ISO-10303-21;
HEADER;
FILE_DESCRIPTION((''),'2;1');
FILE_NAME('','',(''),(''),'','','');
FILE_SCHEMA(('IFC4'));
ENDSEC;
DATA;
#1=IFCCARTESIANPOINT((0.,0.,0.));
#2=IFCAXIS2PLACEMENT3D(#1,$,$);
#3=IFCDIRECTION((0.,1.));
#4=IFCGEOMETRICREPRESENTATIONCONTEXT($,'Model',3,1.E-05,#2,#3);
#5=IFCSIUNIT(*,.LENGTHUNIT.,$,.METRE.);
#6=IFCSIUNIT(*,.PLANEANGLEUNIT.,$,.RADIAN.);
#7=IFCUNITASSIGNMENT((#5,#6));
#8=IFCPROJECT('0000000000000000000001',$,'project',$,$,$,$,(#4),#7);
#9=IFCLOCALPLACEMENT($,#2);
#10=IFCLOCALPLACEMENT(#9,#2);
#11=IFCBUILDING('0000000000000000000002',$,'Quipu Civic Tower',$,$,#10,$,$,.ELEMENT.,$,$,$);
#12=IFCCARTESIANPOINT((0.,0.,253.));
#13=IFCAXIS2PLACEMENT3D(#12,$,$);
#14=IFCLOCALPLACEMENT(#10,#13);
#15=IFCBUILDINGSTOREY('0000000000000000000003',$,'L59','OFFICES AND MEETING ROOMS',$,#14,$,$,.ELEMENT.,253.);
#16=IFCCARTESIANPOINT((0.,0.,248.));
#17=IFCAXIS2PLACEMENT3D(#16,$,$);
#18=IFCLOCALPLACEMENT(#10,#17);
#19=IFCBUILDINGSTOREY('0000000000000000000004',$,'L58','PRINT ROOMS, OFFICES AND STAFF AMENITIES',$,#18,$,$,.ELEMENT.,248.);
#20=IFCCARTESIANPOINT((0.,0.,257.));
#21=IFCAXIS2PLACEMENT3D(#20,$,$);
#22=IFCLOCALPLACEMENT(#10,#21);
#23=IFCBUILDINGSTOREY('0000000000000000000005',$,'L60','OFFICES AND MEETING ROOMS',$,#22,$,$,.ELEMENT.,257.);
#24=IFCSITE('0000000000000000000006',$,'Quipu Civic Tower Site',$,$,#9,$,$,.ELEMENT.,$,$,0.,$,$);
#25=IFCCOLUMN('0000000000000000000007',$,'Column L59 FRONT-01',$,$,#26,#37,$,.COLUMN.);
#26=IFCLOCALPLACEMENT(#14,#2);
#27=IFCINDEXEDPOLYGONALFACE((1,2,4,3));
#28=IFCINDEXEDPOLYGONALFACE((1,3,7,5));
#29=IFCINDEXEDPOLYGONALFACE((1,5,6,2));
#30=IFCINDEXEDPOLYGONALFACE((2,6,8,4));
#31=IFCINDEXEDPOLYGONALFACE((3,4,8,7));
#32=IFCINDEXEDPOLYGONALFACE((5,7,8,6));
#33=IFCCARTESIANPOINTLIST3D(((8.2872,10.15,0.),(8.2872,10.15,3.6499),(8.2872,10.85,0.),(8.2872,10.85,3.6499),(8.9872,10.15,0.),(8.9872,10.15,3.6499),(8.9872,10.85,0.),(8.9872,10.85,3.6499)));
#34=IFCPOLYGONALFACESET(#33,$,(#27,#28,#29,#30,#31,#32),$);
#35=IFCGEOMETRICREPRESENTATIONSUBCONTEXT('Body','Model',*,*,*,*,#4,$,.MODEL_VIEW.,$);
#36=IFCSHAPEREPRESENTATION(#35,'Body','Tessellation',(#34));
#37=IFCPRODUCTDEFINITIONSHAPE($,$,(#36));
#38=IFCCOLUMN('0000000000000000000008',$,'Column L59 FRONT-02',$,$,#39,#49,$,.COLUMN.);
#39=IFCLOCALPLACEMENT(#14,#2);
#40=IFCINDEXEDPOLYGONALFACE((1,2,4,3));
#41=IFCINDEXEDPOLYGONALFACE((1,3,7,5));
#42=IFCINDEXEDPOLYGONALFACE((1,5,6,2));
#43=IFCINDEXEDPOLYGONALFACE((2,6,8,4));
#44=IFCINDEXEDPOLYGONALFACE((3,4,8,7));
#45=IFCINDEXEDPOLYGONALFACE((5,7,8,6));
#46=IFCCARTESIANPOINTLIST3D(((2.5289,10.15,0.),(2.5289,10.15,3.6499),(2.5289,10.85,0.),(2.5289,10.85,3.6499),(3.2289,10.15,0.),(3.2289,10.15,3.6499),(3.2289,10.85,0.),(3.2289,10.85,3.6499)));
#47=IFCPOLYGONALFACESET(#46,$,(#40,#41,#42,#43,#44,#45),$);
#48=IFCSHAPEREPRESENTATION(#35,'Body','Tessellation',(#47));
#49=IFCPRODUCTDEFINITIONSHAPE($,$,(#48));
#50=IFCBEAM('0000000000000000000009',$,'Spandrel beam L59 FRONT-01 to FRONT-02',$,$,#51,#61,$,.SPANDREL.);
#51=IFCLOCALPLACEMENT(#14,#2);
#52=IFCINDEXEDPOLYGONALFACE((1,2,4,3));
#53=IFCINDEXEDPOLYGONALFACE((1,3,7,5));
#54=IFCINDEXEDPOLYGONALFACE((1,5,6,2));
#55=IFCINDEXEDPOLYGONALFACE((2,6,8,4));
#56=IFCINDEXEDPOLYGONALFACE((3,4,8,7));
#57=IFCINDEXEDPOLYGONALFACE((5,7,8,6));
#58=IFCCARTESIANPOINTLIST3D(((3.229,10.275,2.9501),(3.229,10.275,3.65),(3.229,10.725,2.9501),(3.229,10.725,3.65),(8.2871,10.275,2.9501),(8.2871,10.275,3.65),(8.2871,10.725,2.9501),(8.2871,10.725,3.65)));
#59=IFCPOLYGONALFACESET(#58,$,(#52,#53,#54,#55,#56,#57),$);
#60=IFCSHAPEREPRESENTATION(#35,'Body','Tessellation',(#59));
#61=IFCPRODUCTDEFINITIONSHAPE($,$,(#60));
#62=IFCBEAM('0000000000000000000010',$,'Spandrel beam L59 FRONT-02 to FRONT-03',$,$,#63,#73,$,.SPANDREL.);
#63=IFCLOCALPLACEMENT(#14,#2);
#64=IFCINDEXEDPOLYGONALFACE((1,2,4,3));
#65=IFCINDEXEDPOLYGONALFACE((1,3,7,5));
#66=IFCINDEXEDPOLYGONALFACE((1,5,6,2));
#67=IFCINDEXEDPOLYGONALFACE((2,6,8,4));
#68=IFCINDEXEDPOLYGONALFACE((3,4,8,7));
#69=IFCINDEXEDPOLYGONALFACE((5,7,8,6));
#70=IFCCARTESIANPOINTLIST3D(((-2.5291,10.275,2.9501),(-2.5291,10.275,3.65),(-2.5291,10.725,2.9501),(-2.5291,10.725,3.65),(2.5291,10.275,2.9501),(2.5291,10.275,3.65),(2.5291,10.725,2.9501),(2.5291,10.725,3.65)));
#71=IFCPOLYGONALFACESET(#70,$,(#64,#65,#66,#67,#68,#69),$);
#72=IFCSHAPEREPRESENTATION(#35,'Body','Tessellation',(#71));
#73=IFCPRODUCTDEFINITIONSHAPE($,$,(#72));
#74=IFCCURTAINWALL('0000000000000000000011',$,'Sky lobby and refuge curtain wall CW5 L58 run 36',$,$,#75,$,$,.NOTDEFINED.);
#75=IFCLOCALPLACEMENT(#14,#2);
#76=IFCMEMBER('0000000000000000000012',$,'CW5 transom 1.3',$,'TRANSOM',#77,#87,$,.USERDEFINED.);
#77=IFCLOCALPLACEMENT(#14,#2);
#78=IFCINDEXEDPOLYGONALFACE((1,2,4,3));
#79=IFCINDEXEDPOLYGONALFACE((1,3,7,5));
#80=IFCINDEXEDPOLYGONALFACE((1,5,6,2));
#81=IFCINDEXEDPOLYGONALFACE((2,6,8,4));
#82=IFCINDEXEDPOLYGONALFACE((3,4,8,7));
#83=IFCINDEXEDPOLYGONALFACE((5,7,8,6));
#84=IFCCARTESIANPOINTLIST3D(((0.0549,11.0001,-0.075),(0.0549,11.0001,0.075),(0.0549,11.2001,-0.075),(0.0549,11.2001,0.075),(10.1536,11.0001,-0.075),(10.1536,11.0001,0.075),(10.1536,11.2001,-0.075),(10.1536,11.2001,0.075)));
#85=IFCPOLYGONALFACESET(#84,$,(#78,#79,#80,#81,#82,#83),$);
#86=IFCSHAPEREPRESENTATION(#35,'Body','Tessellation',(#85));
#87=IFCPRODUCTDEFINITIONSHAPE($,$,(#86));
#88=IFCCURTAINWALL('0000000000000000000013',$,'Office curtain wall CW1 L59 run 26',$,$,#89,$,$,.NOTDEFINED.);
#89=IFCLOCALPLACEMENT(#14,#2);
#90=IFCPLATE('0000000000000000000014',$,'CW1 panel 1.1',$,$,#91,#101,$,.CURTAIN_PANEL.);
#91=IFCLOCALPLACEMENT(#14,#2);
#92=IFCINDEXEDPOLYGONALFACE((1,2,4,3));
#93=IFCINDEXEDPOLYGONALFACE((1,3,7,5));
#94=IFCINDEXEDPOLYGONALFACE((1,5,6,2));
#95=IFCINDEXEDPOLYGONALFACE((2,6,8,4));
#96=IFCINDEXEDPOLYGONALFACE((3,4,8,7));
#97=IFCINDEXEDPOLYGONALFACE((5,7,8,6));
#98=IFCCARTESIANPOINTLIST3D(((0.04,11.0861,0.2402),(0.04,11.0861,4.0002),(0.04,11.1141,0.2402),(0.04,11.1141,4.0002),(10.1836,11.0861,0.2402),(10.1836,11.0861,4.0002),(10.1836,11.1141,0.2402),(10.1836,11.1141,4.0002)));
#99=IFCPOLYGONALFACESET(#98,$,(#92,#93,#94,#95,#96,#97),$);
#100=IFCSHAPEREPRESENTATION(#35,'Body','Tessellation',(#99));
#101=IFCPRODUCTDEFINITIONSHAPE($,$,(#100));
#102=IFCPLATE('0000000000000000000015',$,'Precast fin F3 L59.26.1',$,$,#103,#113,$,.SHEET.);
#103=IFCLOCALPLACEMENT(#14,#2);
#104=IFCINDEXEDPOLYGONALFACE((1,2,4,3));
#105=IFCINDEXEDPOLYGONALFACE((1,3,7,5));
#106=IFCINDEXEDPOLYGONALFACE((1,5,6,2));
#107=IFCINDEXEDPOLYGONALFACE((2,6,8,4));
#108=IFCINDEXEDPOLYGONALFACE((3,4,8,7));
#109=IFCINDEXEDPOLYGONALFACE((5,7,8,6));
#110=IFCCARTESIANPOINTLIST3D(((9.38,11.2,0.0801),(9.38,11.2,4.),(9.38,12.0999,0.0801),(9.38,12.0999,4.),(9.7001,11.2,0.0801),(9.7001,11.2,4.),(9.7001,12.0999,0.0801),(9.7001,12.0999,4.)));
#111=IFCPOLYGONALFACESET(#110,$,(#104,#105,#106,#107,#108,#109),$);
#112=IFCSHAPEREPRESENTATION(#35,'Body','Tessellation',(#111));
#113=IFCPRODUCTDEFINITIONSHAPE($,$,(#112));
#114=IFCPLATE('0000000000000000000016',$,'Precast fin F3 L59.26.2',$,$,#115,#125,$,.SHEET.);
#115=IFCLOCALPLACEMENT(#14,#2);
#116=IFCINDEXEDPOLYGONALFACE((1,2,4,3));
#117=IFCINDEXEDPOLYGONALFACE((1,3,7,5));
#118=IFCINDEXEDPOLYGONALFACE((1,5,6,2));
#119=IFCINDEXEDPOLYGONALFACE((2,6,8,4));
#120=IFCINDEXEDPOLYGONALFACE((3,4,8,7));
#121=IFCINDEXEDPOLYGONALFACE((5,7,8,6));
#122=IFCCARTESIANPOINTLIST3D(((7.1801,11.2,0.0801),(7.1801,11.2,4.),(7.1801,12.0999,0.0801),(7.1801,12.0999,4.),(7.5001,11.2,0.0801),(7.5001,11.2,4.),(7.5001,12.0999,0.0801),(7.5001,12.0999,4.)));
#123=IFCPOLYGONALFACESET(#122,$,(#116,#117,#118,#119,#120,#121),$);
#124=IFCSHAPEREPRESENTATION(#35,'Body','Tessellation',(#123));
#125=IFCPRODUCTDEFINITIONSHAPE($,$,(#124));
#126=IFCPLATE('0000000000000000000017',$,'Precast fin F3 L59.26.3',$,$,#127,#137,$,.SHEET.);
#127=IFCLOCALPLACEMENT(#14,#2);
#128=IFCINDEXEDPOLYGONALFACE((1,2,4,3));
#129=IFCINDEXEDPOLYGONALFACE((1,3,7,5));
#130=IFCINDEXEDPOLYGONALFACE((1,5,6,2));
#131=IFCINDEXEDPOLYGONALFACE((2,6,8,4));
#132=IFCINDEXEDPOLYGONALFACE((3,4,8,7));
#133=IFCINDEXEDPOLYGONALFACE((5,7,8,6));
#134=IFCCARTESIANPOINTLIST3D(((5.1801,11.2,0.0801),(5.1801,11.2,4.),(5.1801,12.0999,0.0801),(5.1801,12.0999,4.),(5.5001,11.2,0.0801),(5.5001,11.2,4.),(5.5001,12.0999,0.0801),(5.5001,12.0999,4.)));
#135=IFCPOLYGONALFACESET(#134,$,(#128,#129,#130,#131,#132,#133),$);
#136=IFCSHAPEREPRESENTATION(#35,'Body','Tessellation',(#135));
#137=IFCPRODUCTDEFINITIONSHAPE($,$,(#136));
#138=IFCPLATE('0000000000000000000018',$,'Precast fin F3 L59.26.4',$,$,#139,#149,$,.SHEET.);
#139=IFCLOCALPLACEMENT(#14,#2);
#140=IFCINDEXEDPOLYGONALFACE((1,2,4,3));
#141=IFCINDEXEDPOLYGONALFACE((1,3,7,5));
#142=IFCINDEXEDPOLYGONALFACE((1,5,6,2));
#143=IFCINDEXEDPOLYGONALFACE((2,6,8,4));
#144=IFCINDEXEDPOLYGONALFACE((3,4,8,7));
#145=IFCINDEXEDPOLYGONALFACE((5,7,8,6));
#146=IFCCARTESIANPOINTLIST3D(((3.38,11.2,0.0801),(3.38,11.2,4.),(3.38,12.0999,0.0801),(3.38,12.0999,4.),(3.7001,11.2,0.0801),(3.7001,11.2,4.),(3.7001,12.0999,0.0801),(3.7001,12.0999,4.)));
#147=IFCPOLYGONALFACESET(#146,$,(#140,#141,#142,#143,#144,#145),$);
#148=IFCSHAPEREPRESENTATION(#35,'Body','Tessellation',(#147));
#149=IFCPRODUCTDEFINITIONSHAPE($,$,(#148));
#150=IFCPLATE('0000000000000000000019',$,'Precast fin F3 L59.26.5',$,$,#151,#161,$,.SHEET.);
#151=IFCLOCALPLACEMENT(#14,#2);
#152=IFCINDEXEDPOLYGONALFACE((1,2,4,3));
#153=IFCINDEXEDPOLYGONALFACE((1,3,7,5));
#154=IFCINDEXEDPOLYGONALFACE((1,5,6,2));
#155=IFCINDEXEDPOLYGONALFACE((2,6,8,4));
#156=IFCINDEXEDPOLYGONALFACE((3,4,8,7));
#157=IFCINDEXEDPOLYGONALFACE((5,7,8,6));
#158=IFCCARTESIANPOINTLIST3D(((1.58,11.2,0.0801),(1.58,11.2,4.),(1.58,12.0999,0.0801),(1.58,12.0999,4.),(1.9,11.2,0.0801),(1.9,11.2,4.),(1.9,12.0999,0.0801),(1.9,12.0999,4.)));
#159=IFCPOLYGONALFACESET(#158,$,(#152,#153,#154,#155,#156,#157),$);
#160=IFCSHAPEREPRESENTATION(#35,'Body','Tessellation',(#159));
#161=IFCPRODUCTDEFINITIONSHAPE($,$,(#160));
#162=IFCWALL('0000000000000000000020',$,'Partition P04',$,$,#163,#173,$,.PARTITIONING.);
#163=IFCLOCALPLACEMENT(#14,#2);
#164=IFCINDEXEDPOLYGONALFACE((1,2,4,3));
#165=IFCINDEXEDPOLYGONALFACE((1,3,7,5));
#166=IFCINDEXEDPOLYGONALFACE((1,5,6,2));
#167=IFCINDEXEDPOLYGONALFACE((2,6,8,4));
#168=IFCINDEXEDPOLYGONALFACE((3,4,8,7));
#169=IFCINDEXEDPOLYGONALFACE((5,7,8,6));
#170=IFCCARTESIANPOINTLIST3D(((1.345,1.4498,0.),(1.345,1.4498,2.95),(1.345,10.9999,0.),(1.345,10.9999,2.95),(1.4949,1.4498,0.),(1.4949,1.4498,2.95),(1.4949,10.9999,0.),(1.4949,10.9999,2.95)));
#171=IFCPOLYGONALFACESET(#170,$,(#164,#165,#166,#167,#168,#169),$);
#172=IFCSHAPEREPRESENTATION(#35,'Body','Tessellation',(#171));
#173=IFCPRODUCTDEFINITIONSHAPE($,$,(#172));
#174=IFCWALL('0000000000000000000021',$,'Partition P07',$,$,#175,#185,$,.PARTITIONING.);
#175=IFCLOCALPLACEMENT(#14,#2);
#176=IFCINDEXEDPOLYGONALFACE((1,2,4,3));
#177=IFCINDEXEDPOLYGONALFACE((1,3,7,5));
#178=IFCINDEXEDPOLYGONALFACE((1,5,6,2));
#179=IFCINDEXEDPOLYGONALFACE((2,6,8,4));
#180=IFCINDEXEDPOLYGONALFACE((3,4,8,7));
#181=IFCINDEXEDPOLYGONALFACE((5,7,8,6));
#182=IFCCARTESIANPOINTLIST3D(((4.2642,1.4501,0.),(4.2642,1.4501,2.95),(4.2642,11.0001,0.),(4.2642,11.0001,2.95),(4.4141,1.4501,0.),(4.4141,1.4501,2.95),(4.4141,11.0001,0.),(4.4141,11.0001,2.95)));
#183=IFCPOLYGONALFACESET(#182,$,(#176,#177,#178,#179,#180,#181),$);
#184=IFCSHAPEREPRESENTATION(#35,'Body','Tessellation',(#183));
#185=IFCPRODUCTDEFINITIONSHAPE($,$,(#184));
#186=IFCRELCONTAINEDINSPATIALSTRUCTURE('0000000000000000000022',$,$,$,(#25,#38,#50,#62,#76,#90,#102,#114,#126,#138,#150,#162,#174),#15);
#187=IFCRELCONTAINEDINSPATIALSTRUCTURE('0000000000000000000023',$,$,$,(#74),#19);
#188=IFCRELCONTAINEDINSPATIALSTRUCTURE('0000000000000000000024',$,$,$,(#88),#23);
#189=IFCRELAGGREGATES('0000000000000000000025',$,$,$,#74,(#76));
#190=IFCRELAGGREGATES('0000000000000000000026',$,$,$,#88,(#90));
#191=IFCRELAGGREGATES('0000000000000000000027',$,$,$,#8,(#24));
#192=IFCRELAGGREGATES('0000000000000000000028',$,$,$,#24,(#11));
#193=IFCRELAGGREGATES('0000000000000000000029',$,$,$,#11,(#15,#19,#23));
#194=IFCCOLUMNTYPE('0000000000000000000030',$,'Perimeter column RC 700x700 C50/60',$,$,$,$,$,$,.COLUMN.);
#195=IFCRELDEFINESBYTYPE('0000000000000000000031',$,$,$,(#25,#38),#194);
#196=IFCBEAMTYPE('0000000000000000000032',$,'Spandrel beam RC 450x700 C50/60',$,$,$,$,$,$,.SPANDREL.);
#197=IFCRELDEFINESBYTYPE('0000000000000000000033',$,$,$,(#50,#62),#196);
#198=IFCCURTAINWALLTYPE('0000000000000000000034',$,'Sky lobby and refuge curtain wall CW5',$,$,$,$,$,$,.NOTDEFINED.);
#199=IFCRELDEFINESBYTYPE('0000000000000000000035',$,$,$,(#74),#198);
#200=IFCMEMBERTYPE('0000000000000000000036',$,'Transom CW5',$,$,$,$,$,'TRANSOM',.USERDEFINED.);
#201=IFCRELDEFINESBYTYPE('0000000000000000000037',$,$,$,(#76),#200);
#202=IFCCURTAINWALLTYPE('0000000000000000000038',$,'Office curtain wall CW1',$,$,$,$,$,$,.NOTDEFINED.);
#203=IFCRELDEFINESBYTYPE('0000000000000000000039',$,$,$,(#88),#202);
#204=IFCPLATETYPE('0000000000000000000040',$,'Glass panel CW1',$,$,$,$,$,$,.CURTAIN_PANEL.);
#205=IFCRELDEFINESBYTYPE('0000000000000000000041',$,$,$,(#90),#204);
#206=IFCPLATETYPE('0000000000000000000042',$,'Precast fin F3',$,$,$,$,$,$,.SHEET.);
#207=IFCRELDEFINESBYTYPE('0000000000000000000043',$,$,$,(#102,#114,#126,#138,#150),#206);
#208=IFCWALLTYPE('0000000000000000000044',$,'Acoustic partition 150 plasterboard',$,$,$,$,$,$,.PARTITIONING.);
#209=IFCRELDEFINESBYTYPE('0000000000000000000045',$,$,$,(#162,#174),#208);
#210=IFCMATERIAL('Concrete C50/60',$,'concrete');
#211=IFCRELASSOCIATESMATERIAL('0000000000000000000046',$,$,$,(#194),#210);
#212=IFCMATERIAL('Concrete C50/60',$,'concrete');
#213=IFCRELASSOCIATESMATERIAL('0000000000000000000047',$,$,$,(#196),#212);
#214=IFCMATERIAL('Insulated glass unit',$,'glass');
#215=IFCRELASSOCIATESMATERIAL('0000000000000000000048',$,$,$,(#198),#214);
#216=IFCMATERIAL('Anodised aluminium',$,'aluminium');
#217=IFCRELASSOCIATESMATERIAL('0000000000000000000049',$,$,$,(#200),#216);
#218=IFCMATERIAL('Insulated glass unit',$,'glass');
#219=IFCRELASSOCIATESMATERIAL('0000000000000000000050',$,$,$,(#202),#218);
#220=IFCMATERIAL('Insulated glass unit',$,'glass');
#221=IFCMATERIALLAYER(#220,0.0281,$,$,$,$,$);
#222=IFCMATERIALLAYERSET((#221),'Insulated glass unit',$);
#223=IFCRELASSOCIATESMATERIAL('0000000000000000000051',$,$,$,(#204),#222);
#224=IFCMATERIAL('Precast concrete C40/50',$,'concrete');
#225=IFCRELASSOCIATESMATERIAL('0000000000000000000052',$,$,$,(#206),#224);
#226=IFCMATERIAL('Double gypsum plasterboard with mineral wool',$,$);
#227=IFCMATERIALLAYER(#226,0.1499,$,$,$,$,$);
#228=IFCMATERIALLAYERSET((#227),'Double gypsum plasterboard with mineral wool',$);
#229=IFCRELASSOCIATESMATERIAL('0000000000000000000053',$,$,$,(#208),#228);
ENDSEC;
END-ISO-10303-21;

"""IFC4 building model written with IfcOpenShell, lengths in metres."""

from ifc_helpers import new_model, si_unit, direction, frame, frame_2d, origin, origin_2d, place, context, subcontext, project, spatial, rectangle, extrude, material, layer, layer_set, material_profile, profile_set, type_object, element, aggregate, save


model = new_model("IFC4")

# Units and contexts
model_context = context("Model", 3, precision=1e-05, world=origin(), true_north=direction((0.0, 1.0)))
body_context = subcontext(model_context, "Body", "Model", "MODEL_VIEW")
ifc_project = project(units=[si_unit("LENGTHUNIT", "METRE"), si_unit("PLANEANGLEUNIT", "RADIAN")], contexts=[model_context])

# Site, building, storey
site_placement = place(None, origin())
site = spatial("IfcSite", under=ifc_project, at=site_placement, Name="Quipu Civic Tower Site", CompositionType="ELEMENT", RefElevation=0.0)
building_placement = place(site_placement, origin())
building = spatial("IfcBuilding", under=site, at=building_placement, Name="Quipu Civic Tower", CompositionType="ELEMENT")
storey_1_placement = place(building_placement, frame((0.0, 0.0, 253.0)))
storey_1 = spatial("IfcBuildingStorey", under=building, at=storey_1_placement, Name="L59", Description="OFFICES AND MEETING ROOMS", CompositionType="ELEMENT", Elevation=253.0)

# Columns
ifc_material_1 = material(Name="Concrete C50/60", Category="concrete")
ifc_material_profile_1 = material_profile(ifc_material_1, rectangle(XDim=0.7, YDim=0.7, at=origin_2d()), Name="RC700x700")
ifc_profile_set_1 = profile_set([ifc_material_profile_1], Name="Concrete C50/60")
column_type = type_object("IfcColumnType", Name="Perimeter column RC 700x700 C50/60", PredefinedType="COLUMN", material=ifc_profile_set_1)
for number, where, z_axis, x_axis, name in (
    (1, (8.6372, 10.5, 0.0), (0.0, 0.0, 1.0), (-1.0, 0.0, 0.0), "Column L59 FRONT-01"),
    (2, (2.8789, 10.5, 0.0), (0.0, 0.0, 1.0), (-1.0, 0.0, 0.0), "Column L59 FRONT-02"),
):
    element("IfcColumn", number, at=place(storey_1_placement, frame(where, z_axis=z_axis, x_axis=x_axis)), inside=storey_1, type_object=column_type, Name=name, PredefinedType="COLUMN", context=body_context, shape_type="SweptSolid", body=[
        extrude(rectangle(XDim=0.7, YDim=0.7, at=origin_2d()), origin(), (0.0, 0.0, 1.0), 3.6499),
    ])

# Beams
ifc_material_2 = material(Name="Concrete C50/60", Category="concrete")
ifc_material_profile_2 = material_profile(ifc_material_2, rectangle(XDim=0.45, YDim=0.7, at=origin_2d()), Name="RC450x700")
ifc_profile_set_2 = profile_set([ifc_material_profile_2], Name="Concrete C50/60")
beam_type = type_object("IfcBeamType", Name="Spandrel beam RC 450x700 C50/60", PredefinedType="SPANDREL", material=ifc_profile_set_2)
for number, where, z_axis, x_axis, name in (
    (3, (8.2871, 10.5, 3.3), (-1.0, 0.0, 0.0), (0.0, -1.0, 0.0), "Spandrel beam L59 FRONT-01 to FRONT-02"),
    (4, (2.5291, 10.5, 3.3), (-1.0, 0.0, 0.0), (0.0, -1.0, 0.0), "Spandrel beam L59 FRONT-02 to FRONT-03"),
):
    element("IfcBeam", number, at=place(storey_1_placement, frame(where, z_axis=z_axis, x_axis=x_axis)), inside=storey_1, type_object=beam_type, Name=name, PredefinedType="SPANDREL", context=body_context, shape_type="SweptSolid", body=[
        extrude(rectangle(XDim=0.45, YDim=0.7, at=origin_2d()), origin(), (0.0, 0.0, 1.0), 5.0581),
    ])

# Shared definitions
storey_2_placement = place(building_placement, frame((0.0, 0.0, 248.0)))
storey_2 = spatial("IfcBuildingStorey", under=building, at=storey_2_placement, Name="L58", Description="PRINT ROOMS, OFFICES AND STAFF AMENITIES", CompositionType="ELEMENT", Elevation=248.0)

# Curtain wall, member
ifc_material_3 = material(Name="Insulated glass unit", Category="glass")
curtain_wall_type_1 = type_object("IfcCurtainWallType", Name="Sky lobby and refuge curtain wall CW5", PredefinedType="NOTDEFINED", material=ifc_material_3)
curtain_wall_1_placement = place(storey_2_placement, origin())
curtain_wall_1 = element("IfcCurtainWall", 5, at=curtain_wall_1_placement, inside=storey_2, type_object=curtain_wall_type_1, Name="Sky lobby and refuge curtain wall CW5 L58 run 36", PredefinedType="NOTDEFINED")
ifc_material_4 = material(Name="Anodised aluminium", Category="aluminium")
ifc_material_profile_3 = material_profile(ifc_material_4, rectangle(XDim=0.2, YDim=0.1499, at=origin_2d()), Name="RECT 200x150")
ifc_profile_set_3 = profile_set([ifc_material_profile_3], Name="Anodised aluminium")
member_type = type_object("IfcMemberType", Name="Transom CW5", ElementType="TRANSOM", PredefinedType="USERDEFINED", material=ifc_profile_set_3)
member_placement = place(storey_1_placement, frame((10.1536, 11.1001, 0.0), z_axis=(-1.0, 0.0, 0.0), x_axis=(0.0, -1.0, 0.0)))
member = element("IfcMember", 6, at=member_placement, inside=storey_1, type_object=member_type, Name="CW5 transom 1.3", ObjectType="TRANSOM", PredefinedType="USERDEFINED", context=body_context, shape_type="SweptSolid", body=[
    extrude(rectangle(XDim=0.2, YDim=0.1499, at=origin_2d()), origin(), (0.0, 0.0, 1.0), 10.0986),
])
aggregate(curtain_wall_1, [member])

# Shared definitions
storey_3_placement = place(building_placement, frame((0.0, 0.0, 257.0)))
storey_3 = spatial("IfcBuildingStorey", under=building, at=storey_3_placement, Name="L60", Description="OFFICES AND MEETING ROOMS", CompositionType="ELEMENT", Elevation=257.0)

# Curtain wall, plate
ifc_material_5 = material(Name="Insulated glass unit", Category="glass")
curtain_wall_type_2 = type_object("IfcCurtainWallType", Name="Office curtain wall CW1", PredefinedType="NOTDEFINED", material=ifc_material_5)
curtain_wall_2_placement = place(storey_3_placement, origin())
curtain_wall_2 = element("IfcCurtainWall", 7, at=curtain_wall_2_placement, inside=storey_3, type_object=curtain_wall_type_2, Name="Office curtain wall CW1 L59 run 26", PredefinedType="NOTDEFINED")
ifc_material_6 = material(Name="Insulated glass unit", Category="glass")
ifc_layer_1 = layer(ifc_material_6, 0.0281)
ifc_layer_set_1 = layer_set([ifc_layer_1], Name="Insulated glass unit")
plate_type_1 = type_object("IfcPlateType", Name="Glass panel CW1", PredefinedType="CURTAIN_PANEL", material=ifc_layer_set_1)
plate_placement = place(storey_1_placement, frame((5.1118, 11.1001, 0.2402), z_axis=(0.0, 0.0, 1.0), x_axis=(-1.0, 0.0, 0.0)))
plate = element("IfcPlate", 8, at=plate_placement, inside=storey_1, type_object=plate_type_1, Name="CW1 panel 1.1", PredefinedType="CURTAIN_PANEL", context=body_context, shape_type="SweptSolid", body=[
    extrude(rectangle(XDim=10.1436, YDim=0.0281, at=origin_2d()), origin(), (0.0, 0.0, 1.0), 3.76),
])
aggregate(curtain_wall_2, [plate])

# Plates
ifc_material_7 = material(Name="Precast concrete C40/50", Category="concrete")
plate_type_2 = type_object("IfcPlateType", Name="Precast fin F3", PredefinedType="SHEET", material=ifc_material_7)
for number, where, z_axis, x_axis, name in (
    (9, (9.54, 11.6499, 0.0801), (0.0, 0.0, 1.0), (-1.0, 0.0, 0.0), "Precast fin F3 L59.26.1"),
    (10, (7.3401, 11.6499, 0.0801), (0.0, 0.0, 1.0), (-1.0, 0.0, 0.0), "Precast fin F3 L59.26.2"),
    (11, (5.3401, 11.6499, 0.0801), (0.0, 0.0, 1.0), (-1.0, 0.0, 0.0), "Precast fin F3 L59.26.3"),
    (12, (3.54, 11.6499, 0.0801), (0.0, 0.0, 1.0), (-1.0, 0.0, 0.0), "Precast fin F3 L59.26.4"),
    (13, (1.74, 11.6499, 0.0801), (0.0, 0.0, 1.0), (-1.0, 0.0, 0.0), "Precast fin F3 L59.26.5"),
):
    element("IfcPlate", number, at=place(storey_1_placement, frame(where, z_axis=z_axis, x_axis=x_axis)), inside=storey_1, type_object=plate_type_2, Name=name, PredefinedType="SHEET", context=body_context, shape_type="SweptSolid", body=[
        extrude(rectangle(XDim=0.3201, YDim=0.8999, at=origin_2d()), origin(), (0.0, 0.0, 1.0), 3.9199),
    ])

# Walls
ifc_material_8 = material(Name="Double gypsum plasterboard with mineral wool")
ifc_layer_2 = layer(ifc_material_8, 0.1499)
ifc_layer_set_2 = layer_set([ifc_layer_2], Name="Double gypsum plasterboard with mineral wool")
wall_type_1 = type_object("IfcWallType", Name="Acoustic partition 150 plasterboard", PredefinedType="PARTITIONING", material=ifc_layer_set_2)
for number, where, z_axis, x_axis, name in (
    (14, (1.4199, 1.45, 0.0), (0.0, 0.0, 1.0), (0.0, 1.0, 0.0), "Partition P04"),
    (15, (4.3391, 11.0, 0.0), (0.0, 0.0, 1.0), (0.0, -1.0, 0.0), "Partition P07"),
):
    element("IfcWall", number, at=place(storey_1_placement, frame(where, z_axis=z_axis, x_axis=x_axis)), inside=storey_1, type_object=wall_type_1, Name=name, PredefinedType="PARTITIONING", context=body_context, shape_type="SweptSolid", body=[
        extrude(rectangle(XDim=9.55, YDim=0.1499, at=frame_2d((4.7749, 0.0))), origin(), (0.0, 0.0, 1.0), 2.95),
    ])

save(model, "model.ifc")
